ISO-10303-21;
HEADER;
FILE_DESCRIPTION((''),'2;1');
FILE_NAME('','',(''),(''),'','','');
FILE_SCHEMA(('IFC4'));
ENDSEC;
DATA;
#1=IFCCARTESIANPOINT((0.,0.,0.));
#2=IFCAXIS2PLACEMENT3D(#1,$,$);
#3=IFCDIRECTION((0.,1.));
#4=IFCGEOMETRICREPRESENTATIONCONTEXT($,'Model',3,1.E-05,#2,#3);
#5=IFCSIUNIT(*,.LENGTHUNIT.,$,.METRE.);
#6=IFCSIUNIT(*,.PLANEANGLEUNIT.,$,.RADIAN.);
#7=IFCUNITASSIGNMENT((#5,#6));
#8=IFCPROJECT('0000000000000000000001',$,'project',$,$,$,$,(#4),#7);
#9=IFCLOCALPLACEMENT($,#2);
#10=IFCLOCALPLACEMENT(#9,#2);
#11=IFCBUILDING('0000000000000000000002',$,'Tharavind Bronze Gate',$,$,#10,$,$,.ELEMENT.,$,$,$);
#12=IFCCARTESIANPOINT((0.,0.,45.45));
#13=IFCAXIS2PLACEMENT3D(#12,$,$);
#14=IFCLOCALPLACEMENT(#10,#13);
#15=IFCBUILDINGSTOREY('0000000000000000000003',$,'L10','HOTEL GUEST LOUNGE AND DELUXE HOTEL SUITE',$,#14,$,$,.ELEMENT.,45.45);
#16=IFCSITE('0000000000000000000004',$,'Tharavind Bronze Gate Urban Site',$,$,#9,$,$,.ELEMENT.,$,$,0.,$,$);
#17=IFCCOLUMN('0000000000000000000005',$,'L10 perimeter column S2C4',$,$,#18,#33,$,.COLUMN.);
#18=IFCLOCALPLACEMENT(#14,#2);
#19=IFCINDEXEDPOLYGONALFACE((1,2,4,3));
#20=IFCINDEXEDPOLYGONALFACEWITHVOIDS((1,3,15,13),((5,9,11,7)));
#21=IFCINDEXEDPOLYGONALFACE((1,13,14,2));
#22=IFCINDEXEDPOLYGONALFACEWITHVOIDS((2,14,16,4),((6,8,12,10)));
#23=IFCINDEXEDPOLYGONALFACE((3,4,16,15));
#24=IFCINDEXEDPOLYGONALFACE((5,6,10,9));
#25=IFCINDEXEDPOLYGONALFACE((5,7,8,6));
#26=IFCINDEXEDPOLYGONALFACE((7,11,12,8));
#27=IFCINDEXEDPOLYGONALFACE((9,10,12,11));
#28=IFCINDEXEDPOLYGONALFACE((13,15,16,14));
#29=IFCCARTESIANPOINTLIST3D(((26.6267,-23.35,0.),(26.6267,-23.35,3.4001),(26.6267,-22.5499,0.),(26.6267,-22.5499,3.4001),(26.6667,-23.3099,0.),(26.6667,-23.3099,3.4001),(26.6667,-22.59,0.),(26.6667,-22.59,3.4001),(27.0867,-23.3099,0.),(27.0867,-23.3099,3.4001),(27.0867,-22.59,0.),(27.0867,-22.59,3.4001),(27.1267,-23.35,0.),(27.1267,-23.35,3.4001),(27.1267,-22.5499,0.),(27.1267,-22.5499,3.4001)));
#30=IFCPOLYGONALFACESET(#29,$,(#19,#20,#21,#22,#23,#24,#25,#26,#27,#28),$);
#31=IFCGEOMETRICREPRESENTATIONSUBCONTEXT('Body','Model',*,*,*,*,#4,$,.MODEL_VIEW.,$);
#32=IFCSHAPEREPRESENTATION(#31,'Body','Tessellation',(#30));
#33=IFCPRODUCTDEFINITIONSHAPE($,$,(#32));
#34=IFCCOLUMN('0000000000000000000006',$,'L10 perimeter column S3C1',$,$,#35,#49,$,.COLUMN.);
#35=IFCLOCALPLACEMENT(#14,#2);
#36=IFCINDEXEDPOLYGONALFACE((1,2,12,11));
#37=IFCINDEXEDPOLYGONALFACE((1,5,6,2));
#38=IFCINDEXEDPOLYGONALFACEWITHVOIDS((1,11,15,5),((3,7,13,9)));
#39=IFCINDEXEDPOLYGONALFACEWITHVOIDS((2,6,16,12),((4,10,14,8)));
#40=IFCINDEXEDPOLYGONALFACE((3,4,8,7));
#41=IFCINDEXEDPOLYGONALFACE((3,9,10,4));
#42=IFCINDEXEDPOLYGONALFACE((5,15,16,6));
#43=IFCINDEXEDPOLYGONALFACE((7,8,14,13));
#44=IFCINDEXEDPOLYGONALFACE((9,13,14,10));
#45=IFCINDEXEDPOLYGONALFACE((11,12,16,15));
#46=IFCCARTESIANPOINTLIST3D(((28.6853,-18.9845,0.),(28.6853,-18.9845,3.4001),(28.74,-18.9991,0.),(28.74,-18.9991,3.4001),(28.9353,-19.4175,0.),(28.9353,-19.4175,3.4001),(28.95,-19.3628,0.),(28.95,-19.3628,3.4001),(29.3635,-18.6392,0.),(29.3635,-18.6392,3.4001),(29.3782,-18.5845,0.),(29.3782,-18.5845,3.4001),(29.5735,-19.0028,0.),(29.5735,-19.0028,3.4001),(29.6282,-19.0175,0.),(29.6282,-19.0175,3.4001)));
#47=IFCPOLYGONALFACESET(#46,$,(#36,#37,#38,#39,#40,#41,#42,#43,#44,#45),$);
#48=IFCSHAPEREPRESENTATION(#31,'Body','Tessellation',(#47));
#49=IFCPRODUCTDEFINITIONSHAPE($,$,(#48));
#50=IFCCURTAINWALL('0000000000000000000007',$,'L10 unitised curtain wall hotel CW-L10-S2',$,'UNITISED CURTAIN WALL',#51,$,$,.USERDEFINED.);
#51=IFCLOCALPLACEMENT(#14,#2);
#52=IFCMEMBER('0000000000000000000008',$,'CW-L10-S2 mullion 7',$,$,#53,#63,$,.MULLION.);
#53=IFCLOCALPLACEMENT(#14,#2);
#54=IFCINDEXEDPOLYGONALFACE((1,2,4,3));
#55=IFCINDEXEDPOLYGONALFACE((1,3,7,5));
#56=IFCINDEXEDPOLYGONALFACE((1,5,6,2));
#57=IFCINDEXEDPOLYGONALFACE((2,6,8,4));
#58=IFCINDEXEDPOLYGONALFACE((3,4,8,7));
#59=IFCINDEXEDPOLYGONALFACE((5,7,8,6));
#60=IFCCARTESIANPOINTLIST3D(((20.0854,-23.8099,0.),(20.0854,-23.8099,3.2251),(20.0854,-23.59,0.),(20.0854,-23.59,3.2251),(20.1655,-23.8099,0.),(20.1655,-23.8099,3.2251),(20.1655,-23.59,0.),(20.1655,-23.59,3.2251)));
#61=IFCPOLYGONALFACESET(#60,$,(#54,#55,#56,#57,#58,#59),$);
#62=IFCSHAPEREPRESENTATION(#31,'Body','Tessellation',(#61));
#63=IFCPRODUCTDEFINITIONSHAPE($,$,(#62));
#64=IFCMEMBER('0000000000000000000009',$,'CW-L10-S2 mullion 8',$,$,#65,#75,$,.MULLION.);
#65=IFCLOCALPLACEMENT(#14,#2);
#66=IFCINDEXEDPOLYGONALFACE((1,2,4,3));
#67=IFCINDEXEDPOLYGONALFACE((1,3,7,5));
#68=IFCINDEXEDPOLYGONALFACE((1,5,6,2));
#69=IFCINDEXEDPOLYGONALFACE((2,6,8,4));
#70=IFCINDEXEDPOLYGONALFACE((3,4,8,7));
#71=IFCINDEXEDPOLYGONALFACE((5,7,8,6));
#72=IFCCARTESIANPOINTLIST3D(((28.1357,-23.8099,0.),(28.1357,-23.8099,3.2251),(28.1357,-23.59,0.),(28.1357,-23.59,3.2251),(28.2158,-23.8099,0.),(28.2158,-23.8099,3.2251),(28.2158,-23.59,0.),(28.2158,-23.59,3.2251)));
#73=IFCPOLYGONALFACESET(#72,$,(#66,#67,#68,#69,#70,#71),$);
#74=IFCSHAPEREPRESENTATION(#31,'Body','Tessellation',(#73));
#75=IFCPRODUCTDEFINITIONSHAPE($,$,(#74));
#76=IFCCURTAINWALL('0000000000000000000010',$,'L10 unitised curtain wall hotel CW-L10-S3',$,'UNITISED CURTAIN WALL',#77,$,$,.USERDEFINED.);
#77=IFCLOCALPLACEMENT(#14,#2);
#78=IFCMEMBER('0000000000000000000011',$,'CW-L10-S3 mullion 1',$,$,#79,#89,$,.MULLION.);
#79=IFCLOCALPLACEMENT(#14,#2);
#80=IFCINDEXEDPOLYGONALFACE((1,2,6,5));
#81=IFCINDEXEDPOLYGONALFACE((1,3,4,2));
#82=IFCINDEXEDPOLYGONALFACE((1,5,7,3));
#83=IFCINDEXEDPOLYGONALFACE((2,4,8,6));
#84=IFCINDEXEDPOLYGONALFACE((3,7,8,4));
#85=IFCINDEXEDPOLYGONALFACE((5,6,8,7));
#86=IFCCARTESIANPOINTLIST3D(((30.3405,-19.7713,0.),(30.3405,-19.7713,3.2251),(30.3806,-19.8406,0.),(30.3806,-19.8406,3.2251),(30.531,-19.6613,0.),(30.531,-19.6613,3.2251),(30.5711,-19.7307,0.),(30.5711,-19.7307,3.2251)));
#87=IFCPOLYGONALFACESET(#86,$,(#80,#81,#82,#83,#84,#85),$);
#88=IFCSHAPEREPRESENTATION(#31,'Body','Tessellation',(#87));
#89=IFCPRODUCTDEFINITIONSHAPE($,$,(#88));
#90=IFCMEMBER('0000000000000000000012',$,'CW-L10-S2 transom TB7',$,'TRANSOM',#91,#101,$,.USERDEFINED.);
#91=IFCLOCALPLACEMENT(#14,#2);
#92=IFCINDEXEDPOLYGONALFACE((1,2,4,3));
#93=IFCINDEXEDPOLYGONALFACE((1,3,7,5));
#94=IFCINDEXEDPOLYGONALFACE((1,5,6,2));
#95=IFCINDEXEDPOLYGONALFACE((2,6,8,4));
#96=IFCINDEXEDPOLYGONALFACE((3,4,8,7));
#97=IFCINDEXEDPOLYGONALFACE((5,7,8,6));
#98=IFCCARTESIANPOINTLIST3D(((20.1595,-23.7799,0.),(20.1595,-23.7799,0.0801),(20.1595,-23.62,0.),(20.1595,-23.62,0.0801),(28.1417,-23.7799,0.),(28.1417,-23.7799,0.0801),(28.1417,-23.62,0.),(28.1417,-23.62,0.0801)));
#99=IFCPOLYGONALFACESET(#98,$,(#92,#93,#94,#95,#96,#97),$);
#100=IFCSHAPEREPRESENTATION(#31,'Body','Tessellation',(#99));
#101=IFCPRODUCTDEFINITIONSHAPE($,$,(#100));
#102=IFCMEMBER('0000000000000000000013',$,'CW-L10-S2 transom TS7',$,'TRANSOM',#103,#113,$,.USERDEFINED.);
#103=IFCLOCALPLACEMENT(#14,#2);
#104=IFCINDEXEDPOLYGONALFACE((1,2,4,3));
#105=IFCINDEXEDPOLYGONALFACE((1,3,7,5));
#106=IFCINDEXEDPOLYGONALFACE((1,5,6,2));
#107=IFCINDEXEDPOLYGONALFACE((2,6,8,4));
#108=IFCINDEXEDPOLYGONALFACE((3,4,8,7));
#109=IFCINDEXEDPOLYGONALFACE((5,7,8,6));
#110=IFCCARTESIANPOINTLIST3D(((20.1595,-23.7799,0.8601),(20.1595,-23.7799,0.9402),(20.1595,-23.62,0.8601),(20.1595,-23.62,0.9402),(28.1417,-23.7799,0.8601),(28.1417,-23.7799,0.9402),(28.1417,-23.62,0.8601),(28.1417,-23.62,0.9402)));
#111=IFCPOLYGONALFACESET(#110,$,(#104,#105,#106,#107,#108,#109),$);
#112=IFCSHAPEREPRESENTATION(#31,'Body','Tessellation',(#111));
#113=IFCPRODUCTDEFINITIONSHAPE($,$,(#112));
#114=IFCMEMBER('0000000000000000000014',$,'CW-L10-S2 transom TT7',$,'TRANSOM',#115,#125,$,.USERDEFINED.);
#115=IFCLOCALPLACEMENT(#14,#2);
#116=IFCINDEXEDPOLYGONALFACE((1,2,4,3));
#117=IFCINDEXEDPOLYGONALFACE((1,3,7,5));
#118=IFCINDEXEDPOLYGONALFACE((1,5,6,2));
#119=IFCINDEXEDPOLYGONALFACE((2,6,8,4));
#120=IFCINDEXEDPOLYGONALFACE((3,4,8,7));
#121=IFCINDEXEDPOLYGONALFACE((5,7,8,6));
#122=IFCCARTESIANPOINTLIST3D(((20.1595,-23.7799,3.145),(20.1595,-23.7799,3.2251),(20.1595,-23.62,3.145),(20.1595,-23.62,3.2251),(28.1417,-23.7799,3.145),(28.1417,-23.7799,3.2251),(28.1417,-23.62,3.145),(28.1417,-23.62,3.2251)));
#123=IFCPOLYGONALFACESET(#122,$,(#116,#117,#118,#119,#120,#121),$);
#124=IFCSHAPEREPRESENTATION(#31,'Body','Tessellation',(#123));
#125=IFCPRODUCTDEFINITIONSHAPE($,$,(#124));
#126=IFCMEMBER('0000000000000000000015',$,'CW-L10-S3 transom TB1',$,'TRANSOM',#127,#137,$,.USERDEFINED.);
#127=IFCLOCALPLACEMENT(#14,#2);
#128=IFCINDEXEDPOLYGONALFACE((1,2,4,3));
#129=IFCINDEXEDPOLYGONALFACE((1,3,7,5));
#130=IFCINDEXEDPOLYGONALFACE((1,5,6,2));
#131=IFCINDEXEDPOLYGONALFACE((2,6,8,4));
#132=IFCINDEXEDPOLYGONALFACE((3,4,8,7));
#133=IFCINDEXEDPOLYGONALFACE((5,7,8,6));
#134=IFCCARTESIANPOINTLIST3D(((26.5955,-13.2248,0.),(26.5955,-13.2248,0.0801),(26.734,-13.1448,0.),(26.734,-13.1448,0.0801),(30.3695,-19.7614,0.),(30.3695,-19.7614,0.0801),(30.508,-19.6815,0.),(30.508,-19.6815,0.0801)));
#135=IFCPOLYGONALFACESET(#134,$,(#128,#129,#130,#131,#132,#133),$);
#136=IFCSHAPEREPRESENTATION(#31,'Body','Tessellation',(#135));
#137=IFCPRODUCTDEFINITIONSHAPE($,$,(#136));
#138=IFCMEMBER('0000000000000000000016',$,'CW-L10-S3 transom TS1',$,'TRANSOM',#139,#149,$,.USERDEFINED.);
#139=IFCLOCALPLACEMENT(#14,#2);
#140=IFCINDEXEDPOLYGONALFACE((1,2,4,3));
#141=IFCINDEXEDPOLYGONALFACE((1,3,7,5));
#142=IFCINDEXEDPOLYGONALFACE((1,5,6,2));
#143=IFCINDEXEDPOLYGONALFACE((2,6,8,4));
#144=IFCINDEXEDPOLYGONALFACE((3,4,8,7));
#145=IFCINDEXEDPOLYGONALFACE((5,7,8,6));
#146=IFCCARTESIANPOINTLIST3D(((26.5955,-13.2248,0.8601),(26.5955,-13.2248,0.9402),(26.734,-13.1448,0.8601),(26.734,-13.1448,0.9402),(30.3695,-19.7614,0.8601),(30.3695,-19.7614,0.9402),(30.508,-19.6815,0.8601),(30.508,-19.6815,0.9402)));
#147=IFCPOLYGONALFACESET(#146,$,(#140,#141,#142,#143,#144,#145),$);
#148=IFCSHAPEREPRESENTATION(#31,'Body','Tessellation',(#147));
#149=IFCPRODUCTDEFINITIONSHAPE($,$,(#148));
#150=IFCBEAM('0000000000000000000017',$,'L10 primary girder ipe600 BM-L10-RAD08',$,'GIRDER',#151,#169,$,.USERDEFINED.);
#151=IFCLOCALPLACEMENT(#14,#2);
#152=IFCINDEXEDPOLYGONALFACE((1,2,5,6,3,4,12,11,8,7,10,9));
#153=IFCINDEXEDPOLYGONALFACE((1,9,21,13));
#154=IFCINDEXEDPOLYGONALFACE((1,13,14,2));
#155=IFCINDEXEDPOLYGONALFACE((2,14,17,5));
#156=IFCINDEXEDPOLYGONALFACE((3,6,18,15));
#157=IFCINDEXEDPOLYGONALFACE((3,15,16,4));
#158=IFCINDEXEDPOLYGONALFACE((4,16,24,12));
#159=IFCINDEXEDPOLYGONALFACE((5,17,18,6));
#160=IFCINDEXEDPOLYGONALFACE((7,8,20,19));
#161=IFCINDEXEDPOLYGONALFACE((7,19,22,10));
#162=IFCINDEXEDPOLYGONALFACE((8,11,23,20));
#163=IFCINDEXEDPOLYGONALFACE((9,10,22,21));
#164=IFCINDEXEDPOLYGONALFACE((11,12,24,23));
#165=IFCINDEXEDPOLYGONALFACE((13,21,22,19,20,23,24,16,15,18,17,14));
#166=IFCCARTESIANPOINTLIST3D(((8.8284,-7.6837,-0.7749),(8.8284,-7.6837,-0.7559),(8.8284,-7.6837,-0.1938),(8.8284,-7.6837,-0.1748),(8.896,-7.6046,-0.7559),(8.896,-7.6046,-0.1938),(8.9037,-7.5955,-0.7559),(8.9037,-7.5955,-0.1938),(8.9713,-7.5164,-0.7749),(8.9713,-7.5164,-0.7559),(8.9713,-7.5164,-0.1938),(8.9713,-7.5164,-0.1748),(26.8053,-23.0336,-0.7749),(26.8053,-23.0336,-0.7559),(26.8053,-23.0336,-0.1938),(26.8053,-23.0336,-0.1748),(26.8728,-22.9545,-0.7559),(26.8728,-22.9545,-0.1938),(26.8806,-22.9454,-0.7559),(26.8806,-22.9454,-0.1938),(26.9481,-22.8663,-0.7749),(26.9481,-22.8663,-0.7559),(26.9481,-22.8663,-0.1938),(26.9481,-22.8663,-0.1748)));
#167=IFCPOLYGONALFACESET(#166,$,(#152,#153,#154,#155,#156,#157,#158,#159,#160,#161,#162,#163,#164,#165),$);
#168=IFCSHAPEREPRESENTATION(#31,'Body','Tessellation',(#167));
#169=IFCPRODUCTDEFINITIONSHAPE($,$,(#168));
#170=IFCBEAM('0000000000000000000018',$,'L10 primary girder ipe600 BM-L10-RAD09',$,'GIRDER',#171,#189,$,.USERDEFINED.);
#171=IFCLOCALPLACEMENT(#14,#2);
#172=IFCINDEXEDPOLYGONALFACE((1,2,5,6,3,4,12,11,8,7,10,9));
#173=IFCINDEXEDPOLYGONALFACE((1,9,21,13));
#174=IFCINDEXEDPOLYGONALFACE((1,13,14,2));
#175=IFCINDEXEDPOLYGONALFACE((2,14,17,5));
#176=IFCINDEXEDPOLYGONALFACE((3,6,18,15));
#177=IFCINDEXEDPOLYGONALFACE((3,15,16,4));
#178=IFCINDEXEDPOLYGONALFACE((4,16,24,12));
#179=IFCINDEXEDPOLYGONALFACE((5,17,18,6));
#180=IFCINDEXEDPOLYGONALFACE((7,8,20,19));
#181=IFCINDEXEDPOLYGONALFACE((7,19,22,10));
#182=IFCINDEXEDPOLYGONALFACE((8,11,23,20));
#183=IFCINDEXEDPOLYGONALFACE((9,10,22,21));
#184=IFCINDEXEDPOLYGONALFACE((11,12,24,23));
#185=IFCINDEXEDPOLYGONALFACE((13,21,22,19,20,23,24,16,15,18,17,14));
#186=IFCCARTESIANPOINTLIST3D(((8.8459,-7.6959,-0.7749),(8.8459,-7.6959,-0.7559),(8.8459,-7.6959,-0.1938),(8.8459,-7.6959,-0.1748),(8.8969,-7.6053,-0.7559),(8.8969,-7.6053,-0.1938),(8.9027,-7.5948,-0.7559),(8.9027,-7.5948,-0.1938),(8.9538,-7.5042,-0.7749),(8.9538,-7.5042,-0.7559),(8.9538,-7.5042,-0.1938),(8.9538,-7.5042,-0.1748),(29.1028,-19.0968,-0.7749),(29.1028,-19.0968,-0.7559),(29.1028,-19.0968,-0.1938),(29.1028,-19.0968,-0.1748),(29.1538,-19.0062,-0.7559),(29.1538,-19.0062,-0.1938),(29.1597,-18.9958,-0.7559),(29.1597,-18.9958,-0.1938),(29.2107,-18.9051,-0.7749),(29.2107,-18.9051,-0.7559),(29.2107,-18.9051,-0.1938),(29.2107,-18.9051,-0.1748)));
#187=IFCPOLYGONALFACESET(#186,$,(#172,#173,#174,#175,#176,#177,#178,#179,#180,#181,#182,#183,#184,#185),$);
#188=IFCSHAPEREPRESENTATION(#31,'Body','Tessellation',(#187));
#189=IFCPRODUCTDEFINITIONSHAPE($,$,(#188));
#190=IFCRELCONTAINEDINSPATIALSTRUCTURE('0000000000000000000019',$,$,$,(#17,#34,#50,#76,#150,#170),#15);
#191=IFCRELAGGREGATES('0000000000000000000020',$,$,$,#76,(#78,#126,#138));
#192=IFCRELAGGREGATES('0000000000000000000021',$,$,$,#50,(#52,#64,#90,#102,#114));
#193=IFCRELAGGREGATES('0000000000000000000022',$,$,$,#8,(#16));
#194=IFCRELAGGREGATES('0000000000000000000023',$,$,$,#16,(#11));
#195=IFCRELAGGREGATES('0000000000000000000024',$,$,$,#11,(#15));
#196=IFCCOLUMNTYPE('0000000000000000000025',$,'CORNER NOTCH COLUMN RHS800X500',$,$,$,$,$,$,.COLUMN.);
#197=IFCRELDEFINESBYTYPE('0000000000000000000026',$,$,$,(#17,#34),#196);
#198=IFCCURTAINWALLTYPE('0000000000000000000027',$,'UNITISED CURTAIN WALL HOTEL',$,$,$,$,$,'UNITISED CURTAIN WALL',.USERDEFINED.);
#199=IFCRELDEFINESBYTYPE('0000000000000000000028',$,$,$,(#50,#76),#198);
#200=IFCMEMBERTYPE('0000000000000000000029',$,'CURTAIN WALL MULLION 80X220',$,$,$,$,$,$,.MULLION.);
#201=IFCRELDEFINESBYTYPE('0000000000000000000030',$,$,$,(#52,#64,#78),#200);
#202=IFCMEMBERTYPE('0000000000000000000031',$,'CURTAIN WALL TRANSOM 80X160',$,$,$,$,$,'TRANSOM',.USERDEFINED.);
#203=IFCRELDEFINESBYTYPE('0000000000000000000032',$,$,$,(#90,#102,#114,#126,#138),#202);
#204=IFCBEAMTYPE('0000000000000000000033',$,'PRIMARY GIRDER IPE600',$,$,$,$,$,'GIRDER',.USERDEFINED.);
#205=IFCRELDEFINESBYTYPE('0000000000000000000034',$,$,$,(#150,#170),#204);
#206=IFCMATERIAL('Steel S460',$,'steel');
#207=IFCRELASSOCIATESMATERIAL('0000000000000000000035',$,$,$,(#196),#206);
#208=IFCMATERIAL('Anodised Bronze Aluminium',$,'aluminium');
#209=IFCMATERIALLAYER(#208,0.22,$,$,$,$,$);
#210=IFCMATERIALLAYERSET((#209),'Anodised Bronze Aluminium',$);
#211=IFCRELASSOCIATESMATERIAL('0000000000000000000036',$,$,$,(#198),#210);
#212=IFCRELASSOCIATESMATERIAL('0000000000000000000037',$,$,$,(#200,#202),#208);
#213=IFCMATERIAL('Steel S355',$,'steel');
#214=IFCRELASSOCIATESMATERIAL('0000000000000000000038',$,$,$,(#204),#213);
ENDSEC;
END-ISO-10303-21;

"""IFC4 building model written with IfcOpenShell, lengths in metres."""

from ifc_helpers import new_model, si_unit, direction, frame, origin, origin_2d, place, context, subcontext, project, spatial, rectangle, hollow_rectangle, i_section, extrude, material, layer, layer_set, material_profile, profile_set, type_object, element, aggregate, save


model = new_model("IFC4")

# Units and contexts
model_context = context("Model", 3, precision=1e-05, world=origin(), true_north=direction((0.0, 1.0)))
body_context = subcontext(model_context, "Body", "Model", "MODEL_VIEW")
ifc_project = project(units=[si_unit("LENGTHUNIT", "METRE"), si_unit("PLANEANGLEUNIT", "RADIAN")], contexts=[model_context])

# Site, building, storey
site_placement = place(None, origin())
site = spatial("IfcSite", under=ifc_project, at=site_placement, Name="Tharavind Bronze Gate Urban Site", CompositionType="ELEMENT", RefElevation=0.0)
building_placement = place(site_placement, origin())
building = spatial("IfcBuilding", under=site, at=building_placement, Name="Tharavind Bronze Gate", CompositionType="ELEMENT")
storey_placement = place(building_placement, frame((0.0, 0.0, 45.45)))
storey = spatial("IfcBuildingStorey", under=building, at=storey_placement, Name="L10", Description="HOTEL GUEST LOUNGE AND DELUXE HOTEL SUITE", CompositionType="ELEMENT", Elevation=45.45)

# Columns
ifc_material_1 = material(Name="Steel S460", Category="steel")
ifc_material_profile_1 = material_profile(ifc_material_1, hollow_rectangle(XDim=0.5, YDim=0.8, WallThickness=0.04, at=origin_2d()), Name="RHS800X500X40")
ifc_profile_set_1 = profile_set([ifc_material_profile_1], Name="Steel S460")
column_type = type_object("IfcColumnType", Name="CORNER NOTCH COLUMN RHS800X500", PredefinedType="COLUMN", material=ifc_profile_set_1)
for number, where, z_axis, x_axis, name in (
    (1, (26.8767, -22.95, 0.0), (0.0, 0.0, 1.0), (1.0, 0.0, 0.0), "L10 perimeter column S2C4"),
    (2, (29.1567, -19.001, 0.0), (0.0, 0.0, 1.0), (-0.500002, 0.866025, 0.0), "L10 perimeter column S3C1"),
):
    element("IfcColumn", number, at=place(storey_placement, frame(where, z_axis=z_axis, x_axis=x_axis)), inside=storey, type_object=column_type, Name=name, PredefinedType="COLUMN", context=body_context, shape_type="SweptSolid", body=[
        extrude(hollow_rectangle(XDim=0.5, YDim=0.8, WallThickness=0.04, at=origin_2d()), origin(), (0.0, 0.0, 1.0), 3.4001),
    ])

# Curtain wall, members
ifc_material_2 = material(Name="Anodised Bronze Aluminium", Category="aluminium")
ifc_layer_1 = layer(ifc_material_2, 0.22)
ifc_layer_set_1 = layer_set([ifc_layer_1], Name="Anodised Bronze Aluminium")
curtain_wall_type = type_object("IfcCurtainWallType", Name="UNITISED CURTAIN WALL HOTEL", ElementType="UNITISED CURTAIN WALL", PredefinedType="USERDEFINED", material=ifc_layer_set_1)
curtain_wall_1_placement = place(storey_placement, origin())
curtain_wall_1 = element("IfcCurtainWall", 3, at=curtain_wall_1_placement, inside=storey, type_object=curtain_wall_type, Name="L10 unitised curtain wall hotel CW-L10-S2", ObjectType="UNITISED CURTAIN WALL", PredefinedType="USERDEFINED")
member_type_1 = type_object("IfcMemberType", Name="CURTAIN WALL MULLION 80X220", PredefinedType="MULLION", material=ifc_material_2)
member_1_placement = place(storey_placement, frame((20.1255, -23.7, 0.0), z_axis=(0.0, 0.0, 1.0), x_axis=(1.0, 0.0, 0.0)))
member_1 = element("IfcMember", 4, at=member_1_placement, type_object=member_type_1, Name="CW-L10-S2 mullion 7", PredefinedType="MULLION", context=body_context, shape_type="SweptSolid", body=[
    extrude(rectangle(XDim=0.0801, YDim=0.22, at=origin_2d()), origin(), (0.0, 0.0, 1.0), 3.2251),
])
member_2_placement = place(storey_placement, frame((28.1758, -23.7, 0.0), z_axis=(0.0, 0.0, 1.0), x_axis=(1.0, 0.0, 0.0)))
member_2 = element("IfcMember", 5, at=member_2_placement, type_object=member_type_1, Name="CW-L10-S2 mullion 8", PredefinedType="MULLION", context=body_context, shape_type="SweptSolid", body=[
    extrude(rectangle(XDim=0.0801, YDim=0.22, at=origin_2d()), origin(), (0.0, 0.0, 1.0), 3.2251),
])

# Curtain wall, member
curtain_wall_2_placement = place(storey_placement, origin())
curtain_wall_2 = element("IfcCurtainWall", 6, at=curtain_wall_2_placement, inside=storey, type_object=curtain_wall_type, Name="L10 unitised curtain wall hotel CW-L10-S3", ObjectType="UNITISED CURTAIN WALL", PredefinedType="USERDEFINED")
member_3_placement = place(storey_placement, frame((30.4558, -19.751, 0.0), z_axis=(0.0, 0.0, 1.0), x_axis=(-0.500002, 0.866025, 0.0)))
member_3 = element("IfcMember", 7, at=member_3_placement, type_object=member_type_1, Name="CW-L10-S3 mullion 1", PredefinedType="MULLION", context=body_context, shape_type="SweptSolid", body=[
    extrude(rectangle(XDim=0.0801, YDim=0.22, at=origin_2d()), origin(), (0.0, 0.0, 1.0), 3.2251),
])

# Members
member_type_2 = type_object("IfcMemberType", Name="CURTAIN WALL TRANSOM 80X160", ElementType="TRANSOM", PredefinedType="USERDEFINED", material=ifc_material_2)
member_4_placement = place(storey_placement, frame((24.1506, -23.7, 0.0), z_axis=(0.0, 0.0, 1.0), x_axis=(1.0, 0.0, 0.0)))
member_4 = element("IfcMember", 8, at=member_4_placement, type_object=member_type_2, Name="CW-L10-S2 transom TB7", ObjectType="TRANSOM", PredefinedType="USERDEFINED", context=body_context, shape_type="SweptSolid", body=[
    extrude(rectangle(XDim=7.9822, YDim=0.1599, at=origin_2d()), origin(), (0.0, 0.0, 1.0), 0.0801),
])
member_5_placement = place(storey_placement, frame((24.1506, -23.7, 0.8601), z_axis=(0.0, 0.0, 1.0), x_axis=(1.0, 0.0, 0.0)))
member_5 = element("IfcMember", 9, at=member_5_placement, type_object=member_type_2, Name="CW-L10-S2 transom TS7", ObjectType="TRANSOM", PredefinedType="USERDEFINED", context=body_context, shape_type="SweptSolid", body=[
    extrude(rectangle(XDim=7.9822, YDim=0.1599, at=origin_2d()), origin(), (0.0, 0.0, 1.0), 0.0801),
])
member_6_placement = place(storey_placement, frame((24.1506, -23.7, 3.145), z_axis=(0.0, 0.0, 1.0), x_axis=(1.0, 0.0, 0.0)))
member_6 = element("IfcMember", 10, at=member_6_placement, type_object=member_type_2, Name="CW-L10-S2 transom TT7", ObjectType="TRANSOM", PredefinedType="USERDEFINED", context=body_context, shape_type="SweptSolid", body=[
    extrude(rectangle(XDim=7.9822, YDim=0.1599, at=origin_2d()), origin(), (0.0, 0.0, 1.0), 0.0801),
])
member_7_placement = place(storey_placement, frame((28.5518, -16.4531, 0.0), z_axis=(0.0, 0.0, 1.0), x_axis=(-0.500002, 0.866025, 0.0)))
member_7 = element("IfcMember", 11, at=member_7_placement, type_object=member_type_2, Name="CW-L10-S3 transom TB1", ObjectType="TRANSOM", PredefinedType="USERDEFINED", context=body_context, shape_type="SweptSolid", body=[
    extrude(rectangle(XDim=7.5479, YDim=0.1599, at=origin_2d()), origin(), (0.0, 0.0, 1.0), 0.0801),
])
member_8_placement = place(storey_placement, frame((28.5518, -16.4531, 0.8601), z_axis=(0.0, 0.0, 1.0), x_axis=(-0.500002, 0.866025, 0.0)))
member_8 = element("IfcMember", 12, at=member_8_placement, type_object=member_type_2, Name="CW-L10-S3 transom TS1", ObjectType="TRANSOM", PredefinedType="USERDEFINED", context=body_context, shape_type="SweptSolid", body=[
    extrude(rectangle(XDim=7.5479, YDim=0.1599, at=origin_2d()), origin(), (0.0, 0.0, 1.0), 0.0801),
])
aggregate(curtain_wall_2, [member_3, member_7, member_8])

# Beams
ifc_material_3 = material(Name="Steel S355", Category="steel")
ifc_material_profile_2 = material_profile(ifc_material_3, i_section(OverallWidth=0.22, OverallDepth=0.6001, WebThickness=0.012, FlangeThickness=0.019, at=origin_2d()), Name="IPE600")
ifc_profile_set_2 = profile_set([ifc_material_profile_2], Name="Steel S355")
beam_type_1 = type_object("IfcBeamType", Name="PRIMARY GIRDER IPE600", ElementType="GIRDER", PredefinedType="USERDEFINED", material=ifc_profile_set_2)
beam_1_placement = place(storey_placement, frame((26.8767, -22.95, -0.4749), z_axis=(-0.760485, 0.649355, 0.0), x_axis=(-0.649355, -0.760485, 0.0)))
element("IfcBeam", 13, at=beam_1_placement, inside=storey, type_object=beam_type_1, Name="L10 primary girder ipe600 BM-L10-RAD08", ObjectType="GIRDER", PredefinedType="USERDEFINED", context=body_context, shape_type="SweptSolid", body=[
    extrude(i_section(OverallWidth=0.22, OverallDepth=0.6001, WebThickness=0.012, FlangeThickness=0.019, at=origin_2d()), origin(), (0.0, 0.0, 1.0), 23.6387),
])
beam_2_placement = place(storey_placement, frame((29.1567, -19.001, -0.4749), z_axis=(-0.871458, 0.490471, 0.0), x_axis=(-0.490471, -0.871458, 0.0)))
element("IfcBeam", 14, at=beam_2_placement, inside=storey, type_object=beam_type_1, Name="L10 primary girder ipe600 BM-L10-RAD09", ObjectType="GIRDER", PredefinedType="USERDEFINED", context=body_context, shape_type="SweptSolid", body=[
    extrude(i_section(OverallWidth=0.22, OverallDepth=0.6001, WebThickness=0.012, FlangeThickness=0.019, at=origin_2d()), origin(), (0.0, 0.0, 1.0), 23.2449),
])

aggregate(curtain_wall_1, [member_1, member_2, member_4, member_5, member_6])

save(model, "model.ifc")
